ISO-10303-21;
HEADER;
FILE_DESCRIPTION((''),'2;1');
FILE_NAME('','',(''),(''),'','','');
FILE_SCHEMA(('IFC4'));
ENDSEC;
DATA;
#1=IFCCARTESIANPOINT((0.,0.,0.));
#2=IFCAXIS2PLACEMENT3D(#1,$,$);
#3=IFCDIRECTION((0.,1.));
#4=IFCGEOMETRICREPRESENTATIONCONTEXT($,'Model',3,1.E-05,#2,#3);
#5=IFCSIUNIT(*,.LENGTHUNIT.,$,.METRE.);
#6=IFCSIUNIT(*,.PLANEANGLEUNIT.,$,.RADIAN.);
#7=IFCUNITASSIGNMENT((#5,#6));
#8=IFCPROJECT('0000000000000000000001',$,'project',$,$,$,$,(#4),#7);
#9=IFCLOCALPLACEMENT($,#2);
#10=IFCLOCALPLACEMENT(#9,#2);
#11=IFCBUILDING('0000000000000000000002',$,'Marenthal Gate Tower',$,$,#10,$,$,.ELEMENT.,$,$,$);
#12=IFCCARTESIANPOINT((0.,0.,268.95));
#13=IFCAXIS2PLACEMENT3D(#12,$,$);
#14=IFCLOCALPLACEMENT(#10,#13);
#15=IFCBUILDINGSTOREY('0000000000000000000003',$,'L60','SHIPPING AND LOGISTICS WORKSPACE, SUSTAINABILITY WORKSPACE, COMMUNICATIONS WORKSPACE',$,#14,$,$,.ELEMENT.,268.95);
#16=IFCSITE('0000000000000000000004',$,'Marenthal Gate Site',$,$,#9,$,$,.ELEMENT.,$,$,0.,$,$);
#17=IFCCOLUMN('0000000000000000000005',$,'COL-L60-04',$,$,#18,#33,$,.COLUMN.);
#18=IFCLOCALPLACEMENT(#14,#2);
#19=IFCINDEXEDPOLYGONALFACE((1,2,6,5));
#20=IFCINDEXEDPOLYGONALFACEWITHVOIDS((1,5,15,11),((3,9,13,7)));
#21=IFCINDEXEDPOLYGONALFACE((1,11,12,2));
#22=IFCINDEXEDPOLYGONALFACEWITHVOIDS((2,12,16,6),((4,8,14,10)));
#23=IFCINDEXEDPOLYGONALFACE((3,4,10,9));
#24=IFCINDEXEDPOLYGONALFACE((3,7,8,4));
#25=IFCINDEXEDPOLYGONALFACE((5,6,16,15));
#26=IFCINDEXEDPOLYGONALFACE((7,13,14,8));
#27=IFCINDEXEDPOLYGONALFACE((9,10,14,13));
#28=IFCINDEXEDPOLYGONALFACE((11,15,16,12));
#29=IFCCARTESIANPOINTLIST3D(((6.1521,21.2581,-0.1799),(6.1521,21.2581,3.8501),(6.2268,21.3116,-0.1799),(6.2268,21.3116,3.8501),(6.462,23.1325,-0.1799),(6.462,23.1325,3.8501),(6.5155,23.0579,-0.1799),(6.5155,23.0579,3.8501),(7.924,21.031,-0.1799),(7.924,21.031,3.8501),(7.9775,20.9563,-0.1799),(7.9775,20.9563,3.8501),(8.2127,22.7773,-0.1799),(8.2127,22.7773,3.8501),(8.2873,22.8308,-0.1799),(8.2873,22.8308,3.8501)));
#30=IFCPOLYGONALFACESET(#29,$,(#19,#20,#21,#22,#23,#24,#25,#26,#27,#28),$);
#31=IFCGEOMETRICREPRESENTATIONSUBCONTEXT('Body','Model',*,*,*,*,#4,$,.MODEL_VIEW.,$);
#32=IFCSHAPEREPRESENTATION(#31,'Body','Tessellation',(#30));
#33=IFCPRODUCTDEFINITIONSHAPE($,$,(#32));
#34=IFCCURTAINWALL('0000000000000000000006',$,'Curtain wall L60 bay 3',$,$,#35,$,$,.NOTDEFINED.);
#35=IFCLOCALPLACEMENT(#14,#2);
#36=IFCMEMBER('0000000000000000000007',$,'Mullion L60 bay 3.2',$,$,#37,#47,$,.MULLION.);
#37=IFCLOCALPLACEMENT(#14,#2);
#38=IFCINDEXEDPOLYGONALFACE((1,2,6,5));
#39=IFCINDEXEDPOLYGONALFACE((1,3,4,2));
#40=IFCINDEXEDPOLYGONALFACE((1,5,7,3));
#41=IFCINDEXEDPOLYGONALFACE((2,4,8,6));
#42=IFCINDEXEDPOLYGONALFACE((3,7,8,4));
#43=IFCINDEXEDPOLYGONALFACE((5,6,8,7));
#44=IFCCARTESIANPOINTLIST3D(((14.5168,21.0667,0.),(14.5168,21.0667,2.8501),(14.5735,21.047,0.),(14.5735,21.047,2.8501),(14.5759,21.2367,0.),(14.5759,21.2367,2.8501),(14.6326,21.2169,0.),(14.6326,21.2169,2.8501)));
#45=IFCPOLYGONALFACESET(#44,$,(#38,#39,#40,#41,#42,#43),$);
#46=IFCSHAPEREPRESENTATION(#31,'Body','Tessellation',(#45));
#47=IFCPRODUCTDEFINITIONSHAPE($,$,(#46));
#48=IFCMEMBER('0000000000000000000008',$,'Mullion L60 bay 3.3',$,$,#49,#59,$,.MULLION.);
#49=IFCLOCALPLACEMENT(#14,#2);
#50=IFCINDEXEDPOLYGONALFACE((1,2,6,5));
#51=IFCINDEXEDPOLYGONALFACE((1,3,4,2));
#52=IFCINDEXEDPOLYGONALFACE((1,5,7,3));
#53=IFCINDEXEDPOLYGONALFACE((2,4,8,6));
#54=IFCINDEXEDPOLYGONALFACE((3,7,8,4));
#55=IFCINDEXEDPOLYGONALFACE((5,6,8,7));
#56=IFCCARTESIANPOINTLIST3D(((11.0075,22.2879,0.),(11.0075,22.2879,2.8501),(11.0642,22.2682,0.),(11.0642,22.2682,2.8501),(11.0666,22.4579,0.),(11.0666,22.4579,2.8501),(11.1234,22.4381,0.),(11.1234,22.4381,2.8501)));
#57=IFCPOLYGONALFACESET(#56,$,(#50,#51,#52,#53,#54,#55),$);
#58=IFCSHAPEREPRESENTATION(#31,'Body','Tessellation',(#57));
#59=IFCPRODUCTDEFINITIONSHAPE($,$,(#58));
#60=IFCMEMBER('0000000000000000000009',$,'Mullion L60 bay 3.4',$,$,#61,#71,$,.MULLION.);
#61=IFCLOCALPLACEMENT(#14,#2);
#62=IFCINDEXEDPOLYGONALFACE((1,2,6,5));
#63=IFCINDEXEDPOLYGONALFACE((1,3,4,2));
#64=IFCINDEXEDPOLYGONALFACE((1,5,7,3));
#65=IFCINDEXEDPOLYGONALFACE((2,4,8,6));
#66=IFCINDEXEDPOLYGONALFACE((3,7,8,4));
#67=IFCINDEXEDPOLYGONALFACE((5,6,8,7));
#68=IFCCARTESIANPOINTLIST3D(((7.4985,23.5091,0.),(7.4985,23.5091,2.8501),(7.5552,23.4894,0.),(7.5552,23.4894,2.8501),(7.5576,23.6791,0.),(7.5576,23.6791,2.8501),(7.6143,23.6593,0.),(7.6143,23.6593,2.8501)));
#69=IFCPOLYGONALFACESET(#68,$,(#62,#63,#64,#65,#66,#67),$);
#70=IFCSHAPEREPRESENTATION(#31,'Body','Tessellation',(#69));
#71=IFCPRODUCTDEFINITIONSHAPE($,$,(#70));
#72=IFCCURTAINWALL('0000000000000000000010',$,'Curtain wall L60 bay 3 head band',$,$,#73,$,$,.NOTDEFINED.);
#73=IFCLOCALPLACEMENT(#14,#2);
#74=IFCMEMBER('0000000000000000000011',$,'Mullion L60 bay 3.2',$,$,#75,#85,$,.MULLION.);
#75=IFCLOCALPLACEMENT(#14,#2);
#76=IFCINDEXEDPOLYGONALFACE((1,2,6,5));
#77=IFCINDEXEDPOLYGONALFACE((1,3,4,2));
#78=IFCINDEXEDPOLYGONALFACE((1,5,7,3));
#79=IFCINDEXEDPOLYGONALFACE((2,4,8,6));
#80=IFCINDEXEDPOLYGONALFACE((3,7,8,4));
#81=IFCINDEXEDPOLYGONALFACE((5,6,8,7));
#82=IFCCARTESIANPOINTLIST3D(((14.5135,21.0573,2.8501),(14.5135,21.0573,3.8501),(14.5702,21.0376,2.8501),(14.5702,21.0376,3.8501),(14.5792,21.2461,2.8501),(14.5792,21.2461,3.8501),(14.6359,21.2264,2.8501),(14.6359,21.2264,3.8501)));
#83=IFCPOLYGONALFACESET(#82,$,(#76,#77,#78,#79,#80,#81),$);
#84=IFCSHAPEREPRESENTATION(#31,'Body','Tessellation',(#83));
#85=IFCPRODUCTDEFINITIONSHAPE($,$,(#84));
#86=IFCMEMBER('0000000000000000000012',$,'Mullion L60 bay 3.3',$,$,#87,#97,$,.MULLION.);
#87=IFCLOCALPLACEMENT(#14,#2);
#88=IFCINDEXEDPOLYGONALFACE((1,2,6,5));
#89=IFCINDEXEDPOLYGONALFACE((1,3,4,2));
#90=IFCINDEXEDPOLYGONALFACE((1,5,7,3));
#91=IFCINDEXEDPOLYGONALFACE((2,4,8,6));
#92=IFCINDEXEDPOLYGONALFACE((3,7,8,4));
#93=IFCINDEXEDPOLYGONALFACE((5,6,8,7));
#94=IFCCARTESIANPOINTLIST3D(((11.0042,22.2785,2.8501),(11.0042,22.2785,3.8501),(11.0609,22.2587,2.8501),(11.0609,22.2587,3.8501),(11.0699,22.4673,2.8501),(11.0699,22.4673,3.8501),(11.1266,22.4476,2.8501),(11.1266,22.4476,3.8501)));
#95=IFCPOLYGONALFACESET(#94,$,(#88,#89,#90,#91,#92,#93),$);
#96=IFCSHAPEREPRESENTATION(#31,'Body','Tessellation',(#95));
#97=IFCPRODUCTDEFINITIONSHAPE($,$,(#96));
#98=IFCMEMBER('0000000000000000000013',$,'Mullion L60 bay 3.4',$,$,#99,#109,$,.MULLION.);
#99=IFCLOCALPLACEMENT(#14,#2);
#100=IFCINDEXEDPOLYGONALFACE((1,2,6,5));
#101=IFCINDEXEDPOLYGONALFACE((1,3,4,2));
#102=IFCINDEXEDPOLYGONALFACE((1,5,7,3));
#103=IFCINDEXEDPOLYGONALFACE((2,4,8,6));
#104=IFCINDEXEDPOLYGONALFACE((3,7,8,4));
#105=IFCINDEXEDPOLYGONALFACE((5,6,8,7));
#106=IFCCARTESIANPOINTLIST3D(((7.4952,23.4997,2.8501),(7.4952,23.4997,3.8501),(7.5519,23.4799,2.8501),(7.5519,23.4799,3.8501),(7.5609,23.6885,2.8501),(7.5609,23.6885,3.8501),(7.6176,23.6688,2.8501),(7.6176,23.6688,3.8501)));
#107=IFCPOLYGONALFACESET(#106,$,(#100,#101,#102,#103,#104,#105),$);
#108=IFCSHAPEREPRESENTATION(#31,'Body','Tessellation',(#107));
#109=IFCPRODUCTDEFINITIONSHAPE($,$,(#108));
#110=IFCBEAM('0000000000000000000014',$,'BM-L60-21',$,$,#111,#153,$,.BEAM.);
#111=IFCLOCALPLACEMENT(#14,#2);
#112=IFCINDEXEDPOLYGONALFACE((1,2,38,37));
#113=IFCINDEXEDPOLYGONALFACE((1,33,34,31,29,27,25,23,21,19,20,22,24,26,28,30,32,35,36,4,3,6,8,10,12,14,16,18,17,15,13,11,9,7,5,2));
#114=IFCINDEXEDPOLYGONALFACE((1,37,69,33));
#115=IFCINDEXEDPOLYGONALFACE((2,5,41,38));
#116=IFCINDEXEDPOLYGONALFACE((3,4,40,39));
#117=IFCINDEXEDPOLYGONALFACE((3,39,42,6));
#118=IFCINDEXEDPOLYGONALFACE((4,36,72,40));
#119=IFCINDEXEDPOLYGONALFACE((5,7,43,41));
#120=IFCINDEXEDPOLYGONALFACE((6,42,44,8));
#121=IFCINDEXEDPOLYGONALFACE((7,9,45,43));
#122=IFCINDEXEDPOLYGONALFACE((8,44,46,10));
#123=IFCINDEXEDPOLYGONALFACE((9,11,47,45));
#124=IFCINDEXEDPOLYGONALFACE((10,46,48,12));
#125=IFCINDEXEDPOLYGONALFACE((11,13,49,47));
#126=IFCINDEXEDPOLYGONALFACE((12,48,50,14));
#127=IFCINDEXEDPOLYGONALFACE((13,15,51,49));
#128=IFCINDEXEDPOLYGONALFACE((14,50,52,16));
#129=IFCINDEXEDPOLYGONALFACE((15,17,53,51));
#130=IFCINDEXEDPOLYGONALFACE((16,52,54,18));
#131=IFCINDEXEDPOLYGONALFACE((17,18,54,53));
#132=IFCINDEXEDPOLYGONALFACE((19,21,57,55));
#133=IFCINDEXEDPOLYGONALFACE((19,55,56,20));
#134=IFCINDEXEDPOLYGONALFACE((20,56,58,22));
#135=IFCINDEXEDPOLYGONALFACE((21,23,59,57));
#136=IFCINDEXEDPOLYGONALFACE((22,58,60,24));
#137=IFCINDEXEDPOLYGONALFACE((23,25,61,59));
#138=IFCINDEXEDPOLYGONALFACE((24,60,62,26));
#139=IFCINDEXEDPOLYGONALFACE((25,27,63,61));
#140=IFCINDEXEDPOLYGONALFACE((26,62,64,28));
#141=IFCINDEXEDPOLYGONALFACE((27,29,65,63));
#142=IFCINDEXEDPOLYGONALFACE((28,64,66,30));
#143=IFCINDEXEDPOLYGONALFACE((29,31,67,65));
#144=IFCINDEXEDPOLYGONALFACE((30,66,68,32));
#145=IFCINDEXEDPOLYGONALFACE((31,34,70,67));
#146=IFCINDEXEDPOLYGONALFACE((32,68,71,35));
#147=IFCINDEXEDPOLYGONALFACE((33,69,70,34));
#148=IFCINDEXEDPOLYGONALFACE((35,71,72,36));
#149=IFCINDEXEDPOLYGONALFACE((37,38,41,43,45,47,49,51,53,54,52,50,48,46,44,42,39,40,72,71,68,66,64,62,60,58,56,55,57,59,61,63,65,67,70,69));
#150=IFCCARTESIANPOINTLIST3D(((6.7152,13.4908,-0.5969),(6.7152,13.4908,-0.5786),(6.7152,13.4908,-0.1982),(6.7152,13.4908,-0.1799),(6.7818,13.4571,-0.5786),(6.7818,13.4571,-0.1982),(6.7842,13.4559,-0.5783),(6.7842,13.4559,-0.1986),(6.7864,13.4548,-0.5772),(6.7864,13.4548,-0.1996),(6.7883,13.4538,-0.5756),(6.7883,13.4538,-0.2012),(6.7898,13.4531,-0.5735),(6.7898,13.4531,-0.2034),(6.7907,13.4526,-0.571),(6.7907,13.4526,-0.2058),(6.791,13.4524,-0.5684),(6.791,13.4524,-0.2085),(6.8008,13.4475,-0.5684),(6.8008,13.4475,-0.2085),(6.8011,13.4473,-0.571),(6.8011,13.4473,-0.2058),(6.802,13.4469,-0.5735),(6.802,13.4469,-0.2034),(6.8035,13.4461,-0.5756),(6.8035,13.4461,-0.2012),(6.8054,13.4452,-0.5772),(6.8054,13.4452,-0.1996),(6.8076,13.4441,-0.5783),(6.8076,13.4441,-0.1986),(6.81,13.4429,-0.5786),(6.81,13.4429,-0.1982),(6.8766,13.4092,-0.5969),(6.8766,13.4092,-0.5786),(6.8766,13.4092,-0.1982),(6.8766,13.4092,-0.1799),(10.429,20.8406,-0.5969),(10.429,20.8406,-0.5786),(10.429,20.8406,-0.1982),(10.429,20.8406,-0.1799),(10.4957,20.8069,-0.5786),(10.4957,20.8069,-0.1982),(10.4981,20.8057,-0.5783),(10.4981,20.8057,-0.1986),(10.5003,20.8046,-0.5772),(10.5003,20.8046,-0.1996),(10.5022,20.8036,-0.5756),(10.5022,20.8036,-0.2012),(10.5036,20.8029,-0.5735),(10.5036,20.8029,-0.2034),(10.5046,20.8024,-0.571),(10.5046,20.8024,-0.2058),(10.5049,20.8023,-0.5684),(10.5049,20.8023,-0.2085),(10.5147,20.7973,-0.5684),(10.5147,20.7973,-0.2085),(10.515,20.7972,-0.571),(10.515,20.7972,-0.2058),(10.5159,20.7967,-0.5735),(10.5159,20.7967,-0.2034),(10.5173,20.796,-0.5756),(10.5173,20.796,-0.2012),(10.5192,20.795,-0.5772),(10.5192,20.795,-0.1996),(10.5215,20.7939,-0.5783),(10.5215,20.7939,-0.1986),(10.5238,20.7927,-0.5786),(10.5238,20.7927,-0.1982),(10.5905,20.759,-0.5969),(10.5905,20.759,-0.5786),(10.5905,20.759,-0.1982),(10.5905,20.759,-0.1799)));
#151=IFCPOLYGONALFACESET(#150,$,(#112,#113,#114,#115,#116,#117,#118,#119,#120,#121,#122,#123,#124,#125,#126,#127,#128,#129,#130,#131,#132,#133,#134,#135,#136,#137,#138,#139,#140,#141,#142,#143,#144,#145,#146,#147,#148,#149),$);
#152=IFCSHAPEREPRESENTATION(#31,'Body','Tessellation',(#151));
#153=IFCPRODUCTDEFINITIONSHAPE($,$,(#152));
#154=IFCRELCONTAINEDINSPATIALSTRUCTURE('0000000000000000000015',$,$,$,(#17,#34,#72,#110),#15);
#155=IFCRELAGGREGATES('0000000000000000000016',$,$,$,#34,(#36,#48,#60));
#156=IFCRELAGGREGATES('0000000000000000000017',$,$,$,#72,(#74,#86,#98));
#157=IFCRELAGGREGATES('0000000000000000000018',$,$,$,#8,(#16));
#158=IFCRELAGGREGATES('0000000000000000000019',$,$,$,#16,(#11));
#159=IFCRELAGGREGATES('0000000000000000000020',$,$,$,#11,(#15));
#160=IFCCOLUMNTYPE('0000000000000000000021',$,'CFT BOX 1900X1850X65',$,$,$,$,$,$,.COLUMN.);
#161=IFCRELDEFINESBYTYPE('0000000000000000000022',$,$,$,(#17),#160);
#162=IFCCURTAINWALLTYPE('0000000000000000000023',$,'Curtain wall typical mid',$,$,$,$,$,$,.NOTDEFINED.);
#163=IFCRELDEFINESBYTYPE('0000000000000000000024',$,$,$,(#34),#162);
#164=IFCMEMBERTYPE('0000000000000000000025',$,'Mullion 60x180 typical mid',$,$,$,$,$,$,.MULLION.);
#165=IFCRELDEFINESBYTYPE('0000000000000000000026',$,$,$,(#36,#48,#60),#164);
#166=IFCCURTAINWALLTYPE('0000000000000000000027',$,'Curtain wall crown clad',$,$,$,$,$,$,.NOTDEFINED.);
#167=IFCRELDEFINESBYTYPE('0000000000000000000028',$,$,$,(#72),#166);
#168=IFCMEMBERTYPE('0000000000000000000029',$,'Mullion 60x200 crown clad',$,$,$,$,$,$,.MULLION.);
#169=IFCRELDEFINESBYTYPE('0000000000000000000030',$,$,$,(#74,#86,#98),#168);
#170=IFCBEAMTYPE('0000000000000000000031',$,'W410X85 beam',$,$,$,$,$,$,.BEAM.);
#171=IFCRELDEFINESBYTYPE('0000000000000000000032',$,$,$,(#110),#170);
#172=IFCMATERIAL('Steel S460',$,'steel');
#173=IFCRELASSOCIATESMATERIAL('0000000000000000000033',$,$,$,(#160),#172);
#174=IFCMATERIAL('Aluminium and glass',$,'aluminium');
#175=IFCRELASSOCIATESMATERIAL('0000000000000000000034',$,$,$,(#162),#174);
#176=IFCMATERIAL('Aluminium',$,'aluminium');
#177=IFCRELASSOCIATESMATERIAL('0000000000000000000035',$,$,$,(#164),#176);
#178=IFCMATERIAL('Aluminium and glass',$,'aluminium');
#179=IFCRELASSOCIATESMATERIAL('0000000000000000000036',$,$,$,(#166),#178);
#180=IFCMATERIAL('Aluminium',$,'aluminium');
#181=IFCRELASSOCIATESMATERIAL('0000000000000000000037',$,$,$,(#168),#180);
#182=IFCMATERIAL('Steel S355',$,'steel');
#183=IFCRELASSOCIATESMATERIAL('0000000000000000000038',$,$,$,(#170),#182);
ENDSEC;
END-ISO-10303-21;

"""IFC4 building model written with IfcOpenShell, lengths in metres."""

from ifc_helpers import new_model, si_unit, direction, frame, origin, origin_2d, place, context, subcontext, project, spatial, rectangle, hollow_rectangle, i_section, extrude, material, material_profile, profile_set, type_object, element, aggregate, save


model = new_model("IFC4")

# Units and contexts
model_context = context("Model", 3, precision=1e-05, world=origin(), true_north=direction((0.0, 1.0)))
body_context = subcontext(model_context, "Body", "Model", "MODEL_VIEW")
ifc_project = project(units=[si_unit("LENGTHUNIT", "METRE"), si_unit("PLANEANGLEUNIT", "RADIAN")], contexts=[model_context])

# Site, building, storey
site_placement = place(None, origin())
site = spatial("IfcSite", under=ifc_project, at=site_placement, Name="Marenthal Gate Site", CompositionType="ELEMENT", RefElevation=0.0)
building_placement = place(site_placement, origin())
building = spatial("IfcBuilding", under=site, at=building_placement, Name="Marenthal Gate Tower", CompositionType="ELEMENT")
storey_placement = place(building_placement, frame((0.0, 0.0, 268.95)))
storey = spatial("IfcBuildingStorey", under=building, at=storey_placement, Name="L60", Description="SHIPPING AND LOGISTICS WORKSPACE, SUSTAINABILITY WORKSPACE, COMMUNICATIONS WORKSPACE", CompositionType="ELEMENT", Elevation=268.95)

# Column
ifc_material_1 = material(Name="Steel S460", Category="steel")
ifc_material_profile_1 = material_profile(ifc_material_1, hollow_rectangle(XDim=1.8501, YDim=1.8999, WallThickness=0.0649, at=origin_2d()), Name="CFT BOX 1900X1850X65")
ifc_material_2 = material(Name="Concrete 70 MPa", Category="concrete")
ifc_material_profile_2 = material_profile(ifc_material_2, rectangle(XDim=1.72, YDim=1.77, at=origin_2d()), Name="CFT BOX 1900X1850X65 INFILL")
ifc_profile_set_1 = profile_set([ifc_material_profile_1, ifc_material_profile_2], Name="Steel S460 shell, Concrete 70 MPa infill")
column_type = type_object("IfcColumnType", Name="CFT BOX 1900X1850X65", PredefinedType="COLUMN", material=ifc_profile_set_1)
column_placement = place(storey_placement, frame((7.2197, 22.0444, -0.1799), z_axis=(0.0, 0.0, 1.0), x_axis=(0.98661, -0.163097, 0.0)))
element("IfcColumn", 1, at=column_placement, inside=storey, type_object=column_type, Name="COL-L60-04", PredefinedType="COLUMN", context=body_context, shape_type="SweptSolid", body=[
    extrude(hollow_rectangle(XDim=1.8501, YDim=1.8999, WallThickness=0.0649, at=origin_2d()), origin(), (0.0, 0.0, 1.0), 4.03),
])

# Curtain walls, members
ifc_material_3 = material(Name="Aluminium and glass", Category="aluminium")
curtain_wall_type_1 = type_object("IfcCurtainWallType", Name="Curtain wall typical mid", PredefinedType="NOTDEFINED", material=ifc_material_3)
curtain_wall_1_placement = place(storey_placement, origin())
curtain_wall_1 = element("IfcCurtainWall", 2, at=curtain_wall_1_placement, inside=storey, type_object=curtain_wall_type_1, Name="Curtain wall L60 bay 3", PredefinedType="NOTDEFINED")
ifc_material_4 = material(Name="Aluminium", Category="aluminium")
ifc_material_profile_3 = material_profile(ifc_material_4, rectangle(XDim=0.1799, YDim=0.0601, at=origin_2d()), Name="60x180 aluminium mullion")
ifc_profile_set_2 = profile_set([ifc_material_profile_3], Name="Aluminium")
member_type_1 = type_object("IfcMemberType", Name="Mullion 60x180 typical mid", PredefinedType="MULLION", material=ifc_profile_set_2)
member_1_placement = place(storey_placement, frame((14.5747, 21.1418, 0.0), z_axis=(0.0, 0.0, 1.0), x_axis=(-0.32867, -0.944445, 0.0)))
member_1 = element("IfcMember", 3, at=member_1_placement, type_object=member_type_1, Name="Mullion L60 bay 3.2", PredefinedType="MULLION", context=body_context, shape_type="SweptSolid", body=[
    extrude(rectangle(XDim=0.1799, YDim=0.0601, at=origin_2d()), origin(), (0.0, 0.0, 1.0), 2.8501),
])
member_2_placement = place(storey_placement, frame((11.0654, 22.363, 0.0), z_axis=(0.0, 0.0, 1.0), x_axis=(-0.32867, -0.944445, 0.0)))
member_2 = element("IfcMember", 4, at=member_2_placement, type_object=member_type_1, Name="Mullion L60 bay 3.3", PredefinedType="MULLION", context=body_context, shape_type="SweptSolid", body=[
    extrude(rectangle(XDim=0.1799, YDim=0.0601, at=origin_2d()), origin(), (0.0, 0.0, 1.0), 2.8501),
])
member_3_placement = place(storey_placement, frame((7.5564, 23.5842, 0.0), z_axis=(0.0, 0.0, 1.0), x_axis=(-0.32867, -0.944445, 0.0)))
member_3 = element("IfcMember", 5, at=member_3_placement, type_object=member_type_1, Name="Mullion L60 bay 3.4", PredefinedType="MULLION", context=body_context, shape_type="SweptSolid", body=[
    extrude(rectangle(XDim=0.1799, YDim=0.0601, at=origin_2d()), origin(), (0.0, 0.0, 1.0), 2.8501),
])
ifc_material_5 = material(Name="Aluminium and glass", Category="aluminium")
curtain_wall_type_2 = type_object("IfcCurtainWallType", Name="Curtain wall crown clad", PredefinedType="NOTDEFINED", material=ifc_material_5)
curtain_wall_2_placement = place(storey_placement, origin())
curtain_wall_2 = element("IfcCurtainWall", 6, at=curtain_wall_2_placement, inside=storey, type_object=curtain_wall_type_2, Name="Curtain wall L60 bay 3 head band", PredefinedType="NOTDEFINED")
ifc_material_6 = material(Name="Aluminium", Category="aluminium")
ifc_material_profile_4 = material_profile(ifc_material_6, rectangle(XDim=0.2, YDim=0.0601, at=origin_2d()), Name="60x200 aluminium mullion")
ifc_profile_set_3 = profile_set([ifc_material_profile_4], Name="Aluminium")
member_type_2 = type_object("IfcMemberType", Name="Mullion 60x200 crown clad", PredefinedType="MULLION", material=ifc_profile_set_3)
member_4_placement = place(storey_placement, frame((14.5747, 21.1418, 2.8501), z_axis=(0.0, 0.0, 1.0), x_axis=(-0.32867, -0.944445, 0.0)))
member_4 = element("IfcMember", 7, at=member_4_placement, type_object=member_type_2, Name="Mullion L60 bay 3.2", PredefinedType="MULLION", context=body_context, shape_type="SweptSolid", body=[
    extrude(rectangle(XDim=0.2, YDim=0.0601, at=origin_2d()), origin(), (0.0, 0.0, 1.0), 1.0),
])
member_5_placement = place(storey_placement, frame((11.0654, 22.363, 2.8501), z_axis=(0.0, 0.0, 1.0), x_axis=(-0.32867, -0.944445, 0.0)))
member_5 = element("IfcMember", 8, at=member_5_placement, type_object=member_type_2, Name="Mullion L60 bay 3.3", PredefinedType="MULLION", context=body_context, shape_type="SweptSolid", body=[
    extrude(rectangle(XDim=0.2, YDim=0.0601, at=origin_2d()), origin(), (0.0, 0.0, 1.0), 1.0),
])
member_6_placement = place(storey_placement, frame((7.5564, 23.5842, 2.8501), z_axis=(0.0, 0.0, 1.0), x_axis=(-0.32867, -0.944445, 0.0)))
member_6 = element("IfcMember", 9, at=member_6_placement, type_object=member_type_2, Name="Mullion L60 bay 3.4", PredefinedType="MULLION", context=body_context, shape_type="SweptSolid", body=[
    extrude(rectangle(XDim=0.2, YDim=0.0601, at=origin_2d()), origin(), (0.0, 0.0, 1.0), 1.0),
])

# Beam
ifc_material_7 = material(Name="Steel S355", Category="steel")
ifc_material_profile_5 = material_profile(ifc_material_7, i_section(OverallWidth=0.1809, OverallDepth=0.417, WebThickness=0.011, FlangeThickness=0.0183, FilletRadius=0.0103, at=origin_2d()), Name="W410X85")
ifc_profile_set_4 = profile_set([ifc_material_profile_5], Name="Steel S355")
beam_type_1 = type_object("IfcBeamType", Name="W410X85 beam", PredefinedType="BEAM", material=ifc_profile_set_4)
beam_1_placement = place(storey_placement, frame((10.5098, 20.7998, -0.3884), z_axis=(-0.450993, -0.892528, 0.0), x_axis=(0.892528, -0.450993, 0.0)))
element("IfcBeam", 10, at=beam_1_placement, inside=storey, type_object=beam_type_1, Name="BM-L60-21", PredefinedType="BEAM", context=body_context, shape_type="SweptSolid", body=[
    extrude(i_section(OverallWidth=0.1809, OverallDepth=0.417, WebThickness=0.011, FlangeThickness=0.0183, FilletRadius=0.0103, at=origin_2d()), origin(), (0.0, 0.0, 1.0), 8.2349),
])

aggregate(curtain_wall_1, [member_1, member_2, member_3])
aggregate(curtain_wall_2, [member_4, member_5, member_6])

save(model, "model.ifc")
